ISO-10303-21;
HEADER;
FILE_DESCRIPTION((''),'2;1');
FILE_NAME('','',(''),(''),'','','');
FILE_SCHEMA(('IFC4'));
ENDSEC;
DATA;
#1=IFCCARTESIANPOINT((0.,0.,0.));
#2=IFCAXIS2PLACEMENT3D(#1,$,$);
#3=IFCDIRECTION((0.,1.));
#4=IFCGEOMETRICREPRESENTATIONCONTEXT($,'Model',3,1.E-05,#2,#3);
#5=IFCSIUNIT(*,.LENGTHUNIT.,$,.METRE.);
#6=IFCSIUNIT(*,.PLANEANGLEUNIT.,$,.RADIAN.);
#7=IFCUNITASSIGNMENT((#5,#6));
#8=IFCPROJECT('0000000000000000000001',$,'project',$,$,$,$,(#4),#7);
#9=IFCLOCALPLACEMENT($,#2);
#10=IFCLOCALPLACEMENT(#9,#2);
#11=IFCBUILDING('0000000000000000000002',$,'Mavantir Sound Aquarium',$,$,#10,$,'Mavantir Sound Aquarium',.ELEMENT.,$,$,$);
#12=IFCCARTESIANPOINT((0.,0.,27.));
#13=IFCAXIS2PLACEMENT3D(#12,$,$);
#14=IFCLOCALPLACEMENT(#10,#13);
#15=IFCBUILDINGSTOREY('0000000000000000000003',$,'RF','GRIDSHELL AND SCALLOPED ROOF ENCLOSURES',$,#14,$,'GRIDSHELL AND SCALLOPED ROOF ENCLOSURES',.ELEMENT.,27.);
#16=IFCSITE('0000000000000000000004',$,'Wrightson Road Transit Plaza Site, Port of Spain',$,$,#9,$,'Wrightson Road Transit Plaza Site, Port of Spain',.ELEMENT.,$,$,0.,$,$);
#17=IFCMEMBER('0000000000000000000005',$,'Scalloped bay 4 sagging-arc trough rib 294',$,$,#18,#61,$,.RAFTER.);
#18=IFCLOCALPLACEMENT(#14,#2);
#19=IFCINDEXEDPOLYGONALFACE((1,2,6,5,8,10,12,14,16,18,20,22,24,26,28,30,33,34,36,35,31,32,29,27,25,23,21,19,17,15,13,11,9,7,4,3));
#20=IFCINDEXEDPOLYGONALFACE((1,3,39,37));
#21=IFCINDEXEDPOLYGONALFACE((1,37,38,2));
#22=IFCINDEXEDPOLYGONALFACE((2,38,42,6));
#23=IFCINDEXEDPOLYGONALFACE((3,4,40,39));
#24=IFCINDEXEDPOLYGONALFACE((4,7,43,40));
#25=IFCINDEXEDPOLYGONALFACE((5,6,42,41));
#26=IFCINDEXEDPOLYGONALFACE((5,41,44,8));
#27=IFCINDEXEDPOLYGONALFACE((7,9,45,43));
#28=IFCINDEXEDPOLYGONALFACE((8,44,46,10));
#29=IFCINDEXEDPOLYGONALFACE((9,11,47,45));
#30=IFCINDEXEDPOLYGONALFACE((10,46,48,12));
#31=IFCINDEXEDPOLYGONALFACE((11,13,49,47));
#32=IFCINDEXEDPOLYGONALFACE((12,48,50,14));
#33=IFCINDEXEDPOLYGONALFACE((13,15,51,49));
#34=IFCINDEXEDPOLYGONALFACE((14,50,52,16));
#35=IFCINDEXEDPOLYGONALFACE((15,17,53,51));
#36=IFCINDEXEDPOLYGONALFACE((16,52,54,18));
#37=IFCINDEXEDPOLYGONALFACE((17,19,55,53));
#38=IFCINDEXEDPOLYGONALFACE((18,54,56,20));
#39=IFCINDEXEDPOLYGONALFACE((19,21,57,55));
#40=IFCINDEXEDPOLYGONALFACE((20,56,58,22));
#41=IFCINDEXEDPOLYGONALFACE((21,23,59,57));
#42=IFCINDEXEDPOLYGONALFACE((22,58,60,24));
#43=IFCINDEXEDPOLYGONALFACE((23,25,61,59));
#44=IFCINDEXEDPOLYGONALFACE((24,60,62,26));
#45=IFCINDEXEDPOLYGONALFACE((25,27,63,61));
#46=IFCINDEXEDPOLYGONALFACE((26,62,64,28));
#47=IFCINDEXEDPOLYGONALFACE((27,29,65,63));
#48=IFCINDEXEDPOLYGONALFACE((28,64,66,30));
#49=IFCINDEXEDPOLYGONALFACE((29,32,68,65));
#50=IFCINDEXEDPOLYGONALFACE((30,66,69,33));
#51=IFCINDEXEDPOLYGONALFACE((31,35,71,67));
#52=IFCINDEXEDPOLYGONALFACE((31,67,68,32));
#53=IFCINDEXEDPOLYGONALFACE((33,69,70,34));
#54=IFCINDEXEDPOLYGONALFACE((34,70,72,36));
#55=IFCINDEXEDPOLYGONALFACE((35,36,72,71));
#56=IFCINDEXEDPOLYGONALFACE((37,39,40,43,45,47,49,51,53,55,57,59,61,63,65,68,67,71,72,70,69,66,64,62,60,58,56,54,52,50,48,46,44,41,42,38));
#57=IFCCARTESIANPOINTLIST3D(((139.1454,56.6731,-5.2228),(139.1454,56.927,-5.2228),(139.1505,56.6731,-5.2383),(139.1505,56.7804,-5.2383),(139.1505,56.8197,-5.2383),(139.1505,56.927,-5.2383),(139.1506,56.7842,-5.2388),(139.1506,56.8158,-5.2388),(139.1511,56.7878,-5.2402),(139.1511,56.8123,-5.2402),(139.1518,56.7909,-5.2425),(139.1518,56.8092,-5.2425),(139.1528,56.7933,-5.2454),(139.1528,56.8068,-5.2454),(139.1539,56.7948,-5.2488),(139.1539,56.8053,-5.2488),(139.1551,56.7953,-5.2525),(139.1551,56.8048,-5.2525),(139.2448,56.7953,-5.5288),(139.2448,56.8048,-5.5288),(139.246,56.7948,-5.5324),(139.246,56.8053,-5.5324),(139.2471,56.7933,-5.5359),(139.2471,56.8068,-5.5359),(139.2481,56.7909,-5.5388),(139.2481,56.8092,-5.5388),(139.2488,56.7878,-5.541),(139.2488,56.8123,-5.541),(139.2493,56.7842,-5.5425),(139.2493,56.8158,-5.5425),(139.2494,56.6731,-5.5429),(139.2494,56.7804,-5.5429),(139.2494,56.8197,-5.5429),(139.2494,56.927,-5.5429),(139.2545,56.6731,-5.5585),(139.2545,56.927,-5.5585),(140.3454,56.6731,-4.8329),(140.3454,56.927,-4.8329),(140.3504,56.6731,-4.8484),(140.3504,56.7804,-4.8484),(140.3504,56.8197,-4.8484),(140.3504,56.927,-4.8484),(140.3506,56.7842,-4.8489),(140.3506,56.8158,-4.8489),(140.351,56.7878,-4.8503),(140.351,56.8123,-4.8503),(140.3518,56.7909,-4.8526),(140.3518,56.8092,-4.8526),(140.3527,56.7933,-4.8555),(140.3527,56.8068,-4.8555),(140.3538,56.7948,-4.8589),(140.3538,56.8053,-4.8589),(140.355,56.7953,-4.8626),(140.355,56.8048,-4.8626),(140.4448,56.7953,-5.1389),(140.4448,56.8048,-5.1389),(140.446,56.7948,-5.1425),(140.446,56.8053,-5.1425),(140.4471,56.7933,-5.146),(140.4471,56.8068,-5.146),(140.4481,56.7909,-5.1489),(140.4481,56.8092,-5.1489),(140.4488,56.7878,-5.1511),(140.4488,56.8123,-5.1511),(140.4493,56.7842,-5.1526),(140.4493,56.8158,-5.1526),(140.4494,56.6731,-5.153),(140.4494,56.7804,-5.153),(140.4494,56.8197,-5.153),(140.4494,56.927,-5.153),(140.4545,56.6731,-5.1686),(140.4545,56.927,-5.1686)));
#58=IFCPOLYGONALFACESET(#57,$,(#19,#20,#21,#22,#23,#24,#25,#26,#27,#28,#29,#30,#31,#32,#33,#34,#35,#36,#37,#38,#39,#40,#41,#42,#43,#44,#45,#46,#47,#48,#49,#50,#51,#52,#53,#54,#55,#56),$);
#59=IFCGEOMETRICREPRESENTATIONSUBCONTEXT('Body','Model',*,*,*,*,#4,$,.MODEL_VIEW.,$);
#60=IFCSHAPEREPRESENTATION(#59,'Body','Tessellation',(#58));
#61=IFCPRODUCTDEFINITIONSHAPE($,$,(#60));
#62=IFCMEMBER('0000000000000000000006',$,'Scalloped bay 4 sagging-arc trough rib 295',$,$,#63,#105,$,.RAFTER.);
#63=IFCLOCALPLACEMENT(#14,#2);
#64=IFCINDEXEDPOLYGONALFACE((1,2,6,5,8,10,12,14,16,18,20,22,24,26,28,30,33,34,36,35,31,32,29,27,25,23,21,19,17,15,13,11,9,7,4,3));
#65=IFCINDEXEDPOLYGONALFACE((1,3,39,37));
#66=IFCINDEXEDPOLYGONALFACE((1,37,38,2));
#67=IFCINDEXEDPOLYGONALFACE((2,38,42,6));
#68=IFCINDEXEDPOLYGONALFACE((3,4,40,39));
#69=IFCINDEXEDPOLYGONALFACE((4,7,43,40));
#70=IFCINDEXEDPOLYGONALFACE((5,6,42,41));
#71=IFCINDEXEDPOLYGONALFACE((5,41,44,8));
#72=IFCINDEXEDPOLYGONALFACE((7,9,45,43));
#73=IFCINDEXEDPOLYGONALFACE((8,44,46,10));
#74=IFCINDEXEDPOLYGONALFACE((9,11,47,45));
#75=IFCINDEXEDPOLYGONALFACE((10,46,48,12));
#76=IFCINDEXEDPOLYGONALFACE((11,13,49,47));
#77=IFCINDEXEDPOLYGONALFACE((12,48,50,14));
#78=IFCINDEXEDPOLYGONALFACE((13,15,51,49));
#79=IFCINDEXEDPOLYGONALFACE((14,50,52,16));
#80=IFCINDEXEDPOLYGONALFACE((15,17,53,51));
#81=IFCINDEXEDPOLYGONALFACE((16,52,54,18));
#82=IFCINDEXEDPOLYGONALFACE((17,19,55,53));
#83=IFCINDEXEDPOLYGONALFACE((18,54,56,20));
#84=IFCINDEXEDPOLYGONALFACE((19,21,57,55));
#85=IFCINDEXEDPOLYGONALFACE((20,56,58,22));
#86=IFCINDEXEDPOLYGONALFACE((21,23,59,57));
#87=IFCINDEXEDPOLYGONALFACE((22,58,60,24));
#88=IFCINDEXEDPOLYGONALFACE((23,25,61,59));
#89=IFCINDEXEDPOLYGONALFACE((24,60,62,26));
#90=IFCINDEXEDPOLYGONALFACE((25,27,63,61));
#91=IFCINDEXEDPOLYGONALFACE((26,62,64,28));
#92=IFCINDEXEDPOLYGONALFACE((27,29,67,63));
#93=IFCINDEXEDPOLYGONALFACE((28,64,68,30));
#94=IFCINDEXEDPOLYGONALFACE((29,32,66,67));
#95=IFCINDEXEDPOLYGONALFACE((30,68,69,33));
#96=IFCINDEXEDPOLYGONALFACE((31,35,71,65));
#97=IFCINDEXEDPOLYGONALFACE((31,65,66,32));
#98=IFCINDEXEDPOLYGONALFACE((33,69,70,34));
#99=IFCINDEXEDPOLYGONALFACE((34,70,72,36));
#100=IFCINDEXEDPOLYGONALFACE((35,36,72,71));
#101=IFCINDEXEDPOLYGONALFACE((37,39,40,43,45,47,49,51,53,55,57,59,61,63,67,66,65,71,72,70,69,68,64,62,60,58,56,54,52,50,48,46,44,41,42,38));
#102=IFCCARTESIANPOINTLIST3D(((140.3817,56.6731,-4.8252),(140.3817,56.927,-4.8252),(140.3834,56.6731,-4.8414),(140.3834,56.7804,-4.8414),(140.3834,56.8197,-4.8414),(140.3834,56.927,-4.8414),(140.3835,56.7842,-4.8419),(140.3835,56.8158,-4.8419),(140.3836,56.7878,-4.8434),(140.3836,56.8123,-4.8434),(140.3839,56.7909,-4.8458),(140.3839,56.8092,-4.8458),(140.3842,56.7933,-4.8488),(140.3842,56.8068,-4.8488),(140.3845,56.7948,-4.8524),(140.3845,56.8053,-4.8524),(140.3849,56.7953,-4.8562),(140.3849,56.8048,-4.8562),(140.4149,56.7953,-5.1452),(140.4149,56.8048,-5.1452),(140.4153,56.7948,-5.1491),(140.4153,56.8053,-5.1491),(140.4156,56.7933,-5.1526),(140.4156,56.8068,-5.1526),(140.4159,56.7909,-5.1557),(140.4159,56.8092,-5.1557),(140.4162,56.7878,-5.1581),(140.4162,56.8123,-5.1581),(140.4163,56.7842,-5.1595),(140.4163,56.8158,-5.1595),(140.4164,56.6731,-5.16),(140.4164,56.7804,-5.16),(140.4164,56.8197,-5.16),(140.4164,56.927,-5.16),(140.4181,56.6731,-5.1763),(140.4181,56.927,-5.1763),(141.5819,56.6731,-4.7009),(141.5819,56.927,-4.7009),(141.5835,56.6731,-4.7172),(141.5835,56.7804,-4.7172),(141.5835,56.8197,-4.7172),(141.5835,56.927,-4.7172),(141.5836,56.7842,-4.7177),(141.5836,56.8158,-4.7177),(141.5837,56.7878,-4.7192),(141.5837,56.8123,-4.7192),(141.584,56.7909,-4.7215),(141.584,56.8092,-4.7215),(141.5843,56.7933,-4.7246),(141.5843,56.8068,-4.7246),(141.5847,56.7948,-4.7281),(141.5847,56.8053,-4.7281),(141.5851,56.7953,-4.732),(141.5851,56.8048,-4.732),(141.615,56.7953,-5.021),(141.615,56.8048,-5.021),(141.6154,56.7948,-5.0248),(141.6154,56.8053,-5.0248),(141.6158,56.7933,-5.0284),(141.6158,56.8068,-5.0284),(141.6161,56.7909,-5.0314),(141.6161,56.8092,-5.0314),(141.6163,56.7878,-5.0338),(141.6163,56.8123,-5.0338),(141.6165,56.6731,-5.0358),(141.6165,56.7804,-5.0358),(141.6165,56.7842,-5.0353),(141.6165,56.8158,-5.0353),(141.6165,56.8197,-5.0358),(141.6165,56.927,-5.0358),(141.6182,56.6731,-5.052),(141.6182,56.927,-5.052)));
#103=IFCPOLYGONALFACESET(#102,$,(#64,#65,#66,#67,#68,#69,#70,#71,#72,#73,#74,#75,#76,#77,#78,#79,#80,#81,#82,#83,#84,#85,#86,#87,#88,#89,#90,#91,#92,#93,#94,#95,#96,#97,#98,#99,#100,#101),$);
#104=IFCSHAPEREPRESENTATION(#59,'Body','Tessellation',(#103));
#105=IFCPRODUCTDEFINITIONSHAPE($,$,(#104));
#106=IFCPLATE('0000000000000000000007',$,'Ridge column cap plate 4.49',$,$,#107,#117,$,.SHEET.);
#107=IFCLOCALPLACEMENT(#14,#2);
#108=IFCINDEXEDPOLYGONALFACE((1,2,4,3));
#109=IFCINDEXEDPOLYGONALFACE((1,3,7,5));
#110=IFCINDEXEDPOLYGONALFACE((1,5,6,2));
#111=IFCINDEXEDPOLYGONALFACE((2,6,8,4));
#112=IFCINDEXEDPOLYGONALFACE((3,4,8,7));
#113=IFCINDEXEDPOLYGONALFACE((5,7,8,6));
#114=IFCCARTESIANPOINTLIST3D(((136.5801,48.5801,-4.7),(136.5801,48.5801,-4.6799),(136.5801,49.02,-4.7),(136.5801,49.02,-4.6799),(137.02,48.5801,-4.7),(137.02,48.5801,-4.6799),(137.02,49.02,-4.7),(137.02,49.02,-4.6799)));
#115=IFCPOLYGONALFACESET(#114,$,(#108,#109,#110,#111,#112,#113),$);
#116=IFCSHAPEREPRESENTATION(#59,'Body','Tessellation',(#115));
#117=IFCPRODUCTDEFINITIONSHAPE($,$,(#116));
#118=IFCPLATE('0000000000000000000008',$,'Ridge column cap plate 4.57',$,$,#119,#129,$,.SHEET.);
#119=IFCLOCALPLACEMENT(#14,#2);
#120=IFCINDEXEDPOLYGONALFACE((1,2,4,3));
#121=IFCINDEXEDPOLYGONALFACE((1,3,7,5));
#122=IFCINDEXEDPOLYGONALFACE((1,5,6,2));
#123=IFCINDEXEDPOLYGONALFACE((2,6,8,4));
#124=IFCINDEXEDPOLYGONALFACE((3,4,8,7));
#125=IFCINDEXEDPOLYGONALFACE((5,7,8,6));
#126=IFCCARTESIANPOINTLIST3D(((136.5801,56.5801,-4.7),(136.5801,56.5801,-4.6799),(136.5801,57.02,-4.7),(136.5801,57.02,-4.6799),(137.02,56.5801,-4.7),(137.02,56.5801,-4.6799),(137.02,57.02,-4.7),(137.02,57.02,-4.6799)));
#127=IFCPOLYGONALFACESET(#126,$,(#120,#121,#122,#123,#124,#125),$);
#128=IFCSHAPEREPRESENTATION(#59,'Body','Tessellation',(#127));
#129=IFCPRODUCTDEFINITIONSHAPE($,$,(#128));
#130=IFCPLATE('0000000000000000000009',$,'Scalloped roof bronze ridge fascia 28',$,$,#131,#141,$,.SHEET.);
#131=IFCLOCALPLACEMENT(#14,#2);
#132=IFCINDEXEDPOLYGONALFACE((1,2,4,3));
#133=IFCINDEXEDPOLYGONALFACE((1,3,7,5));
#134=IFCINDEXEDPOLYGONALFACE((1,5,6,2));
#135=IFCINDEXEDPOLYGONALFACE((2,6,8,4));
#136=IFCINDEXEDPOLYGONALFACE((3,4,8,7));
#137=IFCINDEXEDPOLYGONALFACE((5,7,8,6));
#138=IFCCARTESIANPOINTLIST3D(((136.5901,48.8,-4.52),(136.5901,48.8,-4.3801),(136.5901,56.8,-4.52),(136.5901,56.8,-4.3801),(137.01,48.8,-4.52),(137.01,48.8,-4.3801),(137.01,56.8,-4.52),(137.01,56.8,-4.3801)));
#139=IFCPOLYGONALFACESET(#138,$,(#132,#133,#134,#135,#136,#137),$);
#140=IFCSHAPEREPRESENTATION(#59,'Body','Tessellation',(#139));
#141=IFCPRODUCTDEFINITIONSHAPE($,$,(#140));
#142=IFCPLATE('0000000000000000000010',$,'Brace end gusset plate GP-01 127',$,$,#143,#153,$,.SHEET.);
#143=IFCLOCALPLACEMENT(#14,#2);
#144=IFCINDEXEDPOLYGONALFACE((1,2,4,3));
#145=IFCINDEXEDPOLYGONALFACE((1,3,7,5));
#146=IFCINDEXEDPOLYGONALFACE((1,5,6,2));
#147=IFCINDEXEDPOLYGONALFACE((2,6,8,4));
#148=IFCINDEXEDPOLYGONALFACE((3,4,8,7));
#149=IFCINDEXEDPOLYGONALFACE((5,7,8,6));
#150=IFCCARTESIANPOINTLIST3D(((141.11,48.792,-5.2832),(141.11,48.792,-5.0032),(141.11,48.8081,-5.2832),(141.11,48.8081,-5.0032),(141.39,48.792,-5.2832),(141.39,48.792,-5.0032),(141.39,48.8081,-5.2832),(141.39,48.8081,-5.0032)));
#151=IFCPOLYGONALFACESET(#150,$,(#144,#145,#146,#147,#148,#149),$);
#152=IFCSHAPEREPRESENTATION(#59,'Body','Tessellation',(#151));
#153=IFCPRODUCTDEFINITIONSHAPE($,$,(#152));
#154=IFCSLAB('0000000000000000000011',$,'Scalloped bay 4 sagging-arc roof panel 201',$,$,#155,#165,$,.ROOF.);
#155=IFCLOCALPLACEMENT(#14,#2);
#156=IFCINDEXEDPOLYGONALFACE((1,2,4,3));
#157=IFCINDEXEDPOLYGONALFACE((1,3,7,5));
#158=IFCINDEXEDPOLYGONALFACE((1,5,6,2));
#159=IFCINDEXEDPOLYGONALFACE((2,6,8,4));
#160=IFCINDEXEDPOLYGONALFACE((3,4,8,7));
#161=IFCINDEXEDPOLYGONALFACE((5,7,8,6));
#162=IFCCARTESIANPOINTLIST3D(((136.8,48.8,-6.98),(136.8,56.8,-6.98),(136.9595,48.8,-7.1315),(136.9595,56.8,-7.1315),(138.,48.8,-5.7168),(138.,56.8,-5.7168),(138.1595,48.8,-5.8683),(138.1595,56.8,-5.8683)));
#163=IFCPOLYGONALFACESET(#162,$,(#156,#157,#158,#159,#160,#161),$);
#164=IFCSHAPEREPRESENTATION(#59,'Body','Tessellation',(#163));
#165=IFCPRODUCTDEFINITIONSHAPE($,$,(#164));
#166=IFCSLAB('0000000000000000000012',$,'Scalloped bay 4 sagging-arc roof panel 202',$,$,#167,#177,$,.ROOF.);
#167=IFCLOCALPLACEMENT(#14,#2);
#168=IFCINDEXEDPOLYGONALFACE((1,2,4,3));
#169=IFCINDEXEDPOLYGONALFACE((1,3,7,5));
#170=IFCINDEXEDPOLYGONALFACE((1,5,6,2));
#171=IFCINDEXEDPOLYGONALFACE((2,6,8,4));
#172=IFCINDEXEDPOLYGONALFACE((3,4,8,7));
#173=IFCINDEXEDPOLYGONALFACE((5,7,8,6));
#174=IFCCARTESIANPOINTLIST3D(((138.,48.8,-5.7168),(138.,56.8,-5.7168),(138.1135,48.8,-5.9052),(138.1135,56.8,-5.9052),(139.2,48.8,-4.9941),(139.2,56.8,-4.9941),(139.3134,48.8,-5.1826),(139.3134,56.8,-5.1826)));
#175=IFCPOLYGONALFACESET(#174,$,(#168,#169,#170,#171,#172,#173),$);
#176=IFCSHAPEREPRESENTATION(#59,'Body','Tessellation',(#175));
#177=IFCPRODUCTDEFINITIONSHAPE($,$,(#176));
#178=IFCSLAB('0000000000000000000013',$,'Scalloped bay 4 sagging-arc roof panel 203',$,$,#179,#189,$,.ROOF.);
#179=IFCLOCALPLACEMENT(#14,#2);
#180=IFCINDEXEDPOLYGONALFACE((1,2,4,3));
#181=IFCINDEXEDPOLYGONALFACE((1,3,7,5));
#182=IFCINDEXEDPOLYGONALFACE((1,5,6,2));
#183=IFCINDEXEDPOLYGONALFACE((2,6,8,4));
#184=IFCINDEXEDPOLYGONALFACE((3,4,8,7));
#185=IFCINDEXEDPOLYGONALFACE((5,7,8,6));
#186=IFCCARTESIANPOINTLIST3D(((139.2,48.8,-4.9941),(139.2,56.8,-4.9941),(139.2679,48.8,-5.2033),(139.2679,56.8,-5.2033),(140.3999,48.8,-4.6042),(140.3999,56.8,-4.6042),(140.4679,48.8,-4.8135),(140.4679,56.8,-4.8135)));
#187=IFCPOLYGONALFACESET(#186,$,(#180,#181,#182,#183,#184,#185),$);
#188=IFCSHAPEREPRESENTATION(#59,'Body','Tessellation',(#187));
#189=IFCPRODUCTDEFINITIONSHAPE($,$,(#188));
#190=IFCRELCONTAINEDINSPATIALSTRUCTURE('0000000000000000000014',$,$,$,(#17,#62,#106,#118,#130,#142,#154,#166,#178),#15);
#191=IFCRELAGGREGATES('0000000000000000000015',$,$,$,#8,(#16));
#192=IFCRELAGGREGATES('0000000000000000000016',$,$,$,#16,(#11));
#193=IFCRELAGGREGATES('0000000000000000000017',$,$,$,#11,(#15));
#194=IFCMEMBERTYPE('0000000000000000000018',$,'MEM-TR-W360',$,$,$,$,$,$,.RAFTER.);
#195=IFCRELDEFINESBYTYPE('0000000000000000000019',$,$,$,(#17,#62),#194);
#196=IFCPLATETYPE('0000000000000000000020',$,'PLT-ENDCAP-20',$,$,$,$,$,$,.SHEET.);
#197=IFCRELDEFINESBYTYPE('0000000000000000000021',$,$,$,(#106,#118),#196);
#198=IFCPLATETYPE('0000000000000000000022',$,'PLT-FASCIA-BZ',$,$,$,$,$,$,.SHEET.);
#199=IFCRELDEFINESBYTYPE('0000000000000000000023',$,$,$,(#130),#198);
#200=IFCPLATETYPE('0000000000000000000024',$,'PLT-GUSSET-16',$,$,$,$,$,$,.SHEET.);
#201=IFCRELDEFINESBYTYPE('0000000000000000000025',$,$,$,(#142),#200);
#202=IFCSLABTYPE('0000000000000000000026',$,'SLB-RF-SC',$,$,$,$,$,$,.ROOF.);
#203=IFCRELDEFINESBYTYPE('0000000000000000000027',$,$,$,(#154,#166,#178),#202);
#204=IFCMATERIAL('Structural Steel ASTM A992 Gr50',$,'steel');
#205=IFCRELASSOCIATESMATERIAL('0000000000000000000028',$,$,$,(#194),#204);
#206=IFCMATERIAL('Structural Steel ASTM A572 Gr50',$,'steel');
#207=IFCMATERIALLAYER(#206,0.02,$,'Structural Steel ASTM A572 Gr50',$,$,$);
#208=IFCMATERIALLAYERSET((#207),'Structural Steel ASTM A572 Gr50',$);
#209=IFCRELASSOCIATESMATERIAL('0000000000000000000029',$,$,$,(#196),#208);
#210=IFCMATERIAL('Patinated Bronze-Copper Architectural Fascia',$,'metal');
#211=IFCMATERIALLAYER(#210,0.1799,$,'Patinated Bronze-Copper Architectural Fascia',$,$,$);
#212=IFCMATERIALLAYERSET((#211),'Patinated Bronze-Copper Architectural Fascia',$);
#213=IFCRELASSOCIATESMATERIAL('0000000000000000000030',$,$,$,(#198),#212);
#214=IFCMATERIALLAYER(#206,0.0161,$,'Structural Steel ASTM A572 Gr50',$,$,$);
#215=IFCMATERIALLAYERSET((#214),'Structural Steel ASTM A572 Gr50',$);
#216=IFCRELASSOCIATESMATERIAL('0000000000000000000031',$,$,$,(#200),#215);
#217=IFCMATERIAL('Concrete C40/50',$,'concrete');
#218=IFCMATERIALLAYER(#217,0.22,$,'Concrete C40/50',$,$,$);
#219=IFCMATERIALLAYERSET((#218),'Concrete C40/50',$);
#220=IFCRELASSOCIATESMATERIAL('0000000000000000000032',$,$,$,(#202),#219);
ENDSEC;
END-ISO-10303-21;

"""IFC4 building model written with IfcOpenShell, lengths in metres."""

from ifc_helpers import new_model, si_unit, direction, frame, origin, origin_2d, place, context, subcontext, project, spatial, polyline, rectangle, i_section, outline, extrude, material, layer, layer_set, material_profile, profile_set, type_object, element, save


model = new_model("IFC4")

# Units and contexts
model_context = context("Model", 3, precision=1e-05, world=origin(), true_north=direction((0.0, 1.0)))
body_context = subcontext(model_context, "Body", "Model", "MODEL_VIEW")
ifc_project = project(units=[si_unit("LENGTHUNIT", "METRE"), si_unit("PLANEANGLEUNIT", "RADIAN")], contexts=[model_context])

# Site, building, storey
site_placement = place(None, origin())
site = spatial("IfcSite", under=ifc_project, at=site_placement, Name="Wrightson Road Transit Plaza Site, Port of Spain", LongName="Wrightson Road Transit Plaza Site, Port of Spain", CompositionType="ELEMENT", RefElevation=0.0)
building_placement = place(site_placement, origin())
building = spatial("IfcBuilding", under=site, at=building_placement, Name="Mavantir Sound Aquarium", LongName="Mavantir Sound Aquarium", CompositionType="ELEMENT")
storey_placement = place(building_placement, frame((0.0, 0.0, 27.0)))
storey = spatial("IfcBuildingStorey", under=building, at=storey_placement, Name="RF", Description="GRIDSHELL AND SCALLOPED ROOF ENCLOSURES", LongName="GRIDSHELL AND SCALLOPED ROOF ENCLOSURES", CompositionType="ELEMENT", Elevation=27.0)

# Shared definitions
ifc_material_1 = material(Name="Concrete C40/50", Category="concrete")

# Shared definitions
ifc_material_2 = material(Name="Structural Steel ASTM A992 Gr50", Category="steel")

# Members
ifc_material_profile_1 = material_profile(ifc_material_2, i_section(OverallWidth=0.2539, OverallDepth=0.353, WebThickness=0.0095, FlangeThickness=0.0164, FilletRadius=0.0149, at=origin_2d()), Name="W360X91")
ifc_profile_set_1 = profile_set([ifc_material_profile_1], Name="Structural Steel ASTM A992 Gr50")
member_type_1 = type_object("IfcMemberType", Name="MEM-TR-W360", PredefinedType="RAFTER", material=ifc_profile_set_1)
member_1_placement = place(storey_placement, frame((139.2, 56.8, -5.3906), z_axis=(0.951055, 0.0, 0.30902), x_axis=(0.0, 1.0, 0.0)))
element("IfcMember", 1, at=member_1_placement, inside=storey, type_object=member_type_1, Name="Scalloped bay 4 sagging-arc trough rib 294", PredefinedType="RAFTER", context=body_context, shape_type="SweptSolid", body=[
    extrude(i_section(OverallWidth=0.2539, OverallDepth=0.353, WebThickness=0.0095, FlangeThickness=0.0164, FilletRadius=0.0149, at=origin_2d()), origin(), (0.0, 0.0, 1.0), 1.2617),
])
member_2_placement = place(storey_placement, frame((140.3999, 56.8, -5.0007), z_axis=(0.994683, 0.0, 0.102989), x_axis=(0.0, 1.0, 0.0)))
element("IfcMember", 2, at=member_2_placement, inside=storey, type_object=member_type_1, Name="Scalloped bay 4 sagging-arc trough rib 295", PredefinedType="RAFTER", context=body_context, shape_type="SweptSolid", body=[
    extrude(i_section(OverallWidth=0.2539, OverallDepth=0.353, WebThickness=0.0095, FlangeThickness=0.0164, FilletRadius=0.0149, at=origin_2d()), origin(), (0.0, 0.0, 1.0), 1.2065),
])

# Plates
ifc_material_3 = material(Name="Structural Steel ASTM A572 Gr50", Category="steel")
ifc_layer_1 = layer(ifc_material_3, 0.02, Name="Structural Steel ASTM A572 Gr50")
ifc_layer_set_1 = layer_set([ifc_layer_1], Name="Structural Steel ASTM A572 Gr50")
plate_type_1 = type_object("IfcPlateType", Name="PLT-ENDCAP-20", PredefinedType="SHEET", material=ifc_layer_set_1)
for number, where, z_axis, x_axis, name in (
    (3, (136.8, 48.8, -4.7), (0.0, 0.0, 1.0), (1.0, 0.0, 0.0), "Ridge column cap plate 4.49"),
    (4, (136.8, 56.8, -4.7), (0.0, 0.0, 1.0), (1.0, 0.0, 0.0), "Ridge column cap plate 4.57"),
):
    element("IfcPlate", number, at=place(storey_placement, frame(where, z_axis=z_axis, x_axis=x_axis)), inside=storey, type_object=plate_type_1, Name=name, PredefinedType="SHEET", context=body_context, shape_type="SweptSolid", body=[
        extrude(rectangle(XDim=0.4399, YDim=0.4399, at=origin_2d()), origin(), (0.0, 0.0, 1.0), 0.02),
    ])
ifc_material_4 = material(Name="Patinated Bronze-Copper Architectural Fascia", Category="metal")
ifc_layer_2 = layer(ifc_material_4, 0.1799, Name="Patinated Bronze-Copper Architectural Fascia")
ifc_layer_set_2 = layer_set([ifc_layer_2], Name="Patinated Bronze-Copper Architectural Fascia")
plate_type_2 = type_object("IfcPlateType", Name="PLT-FASCIA-BZ", PredefinedType="SHEET", material=ifc_layer_set_2)
plate_1_placement = place(storey_placement, frame((136.8, 52.8, -4.52), z_axis=(0.0, 0.0, 1.0), x_axis=(1.0, 0.0, 0.0)))
element("IfcPlate", 5, at=plate_1_placement, inside=storey, type_object=plate_type_2, Name="Scalloped roof bronze ridge fascia 28", PredefinedType="SHEET", context=body_context, shape_type="SweptSolid", body=[
    extrude(rectangle(XDim=0.4199, YDim=8.0, at=origin_2d()), origin(), (0.0, 0.0, 1.0), 0.1399),
])
ifc_layer_3 = layer(ifc_material_3, 0.0161, Name="Structural Steel ASTM A572 Gr50")
ifc_layer_set_3 = layer_set([ifc_layer_3], Name="Structural Steel ASTM A572 Gr50")
plate_type_3 = type_object("IfcPlateType", Name="PLT-GUSSET-16", PredefinedType="SHEET", material=ifc_layer_set_3)
plate_2_placement = place(storey_placement, frame((141.25, 48.8, -5.2832), z_axis=(0.0, 0.0, 1.0), x_axis=(1.0, 0.0, 0.0)))
element("IfcPlate", 6, at=plate_2_placement, inside=storey, type_object=plate_type_3, Name="Brace end gusset plate GP-01 127", PredefinedType="SHEET", context=body_context, shape_type="SweptSolid", body=[
    extrude(rectangle(XDim=0.28, YDim=0.0161, at=origin_2d()), origin(), (0.0, 0.0, 1.0), 0.28),
])

# Slabs
ifc_layer_4 = layer(ifc_material_1, 0.22, Name="Concrete C40/50")
ifc_layer_set_4 = layer_set([ifc_layer_4], Name="Concrete C40/50")
slab_type = type_object("IfcSlabType", Name="SLB-RF-SC", PredefinedType="ROOF", material=ifc_layer_set_4)
slab_1_placement = place(storey_placement, frame((136.8, 48.8, -6.98), z_axis=(-0.72502, 0.0, 0.688727), x_axis=(0.688727, 0.0, 0.72502)))
element("IfcSlab", 7, at=slab_1_placement, inside=storey, type_object=slab_type, Name="Scalloped bay 4 sagging-arc roof panel 201", PredefinedType="ROOF", context=body_context, shape_type="SweptSolid", body=[
    extrude(outline(polyline([(0.0, 0.0), (1.7423, 0.0), (1.7423, 8.0), (0.0, 8.0), (0.0, 0.0)])), origin(), (0.0, 0.0, -1.0), 0.22),
])
slab_2_placement = place(storey_placement, frame((138.0, 48.8, -5.7168), z_axis=(-0.515905, 0.0, 0.856646), x_axis=(0.856646, 0.0, 0.515905)))
element("IfcSlab", 8, at=slab_2_placement, inside=storey, type_object=slab_type, Name="Scalloped bay 4 sagging-arc roof panel 202", PredefinedType="ROOF", context=body_context, shape_type="SweptSolid", body=[
    extrude(outline(polyline([(0.0, 0.0), (1.4008, 0.0), (1.4008, 8.0), (0.0, 8.0), (0.0, 0.0)])), origin(), (0.0, 0.0, -1.0), 0.22),
])
slab_3_placement = place(storey_placement, frame((139.2, 48.8, -4.9941), z_axis=(-0.30902, 0.0, 0.951055), x_axis=(0.951055, 0.0, 0.30902)))
element("IfcSlab", 9, at=slab_3_placement, inside=storey, type_object=slab_type, Name="Scalloped bay 4 sagging-arc roof panel 203", PredefinedType="ROOF", context=body_context, shape_type="SweptSolid", body=[
    extrude(outline(polyline([(0.0, 0.0), (1.2617, 0.0), (1.2617, 8.0), (0.0, 8.0), (0.0, 0.0)])), origin(), (0.0, 0.0, -1.0), 0.22),
])

save(model, "model.ifc")
